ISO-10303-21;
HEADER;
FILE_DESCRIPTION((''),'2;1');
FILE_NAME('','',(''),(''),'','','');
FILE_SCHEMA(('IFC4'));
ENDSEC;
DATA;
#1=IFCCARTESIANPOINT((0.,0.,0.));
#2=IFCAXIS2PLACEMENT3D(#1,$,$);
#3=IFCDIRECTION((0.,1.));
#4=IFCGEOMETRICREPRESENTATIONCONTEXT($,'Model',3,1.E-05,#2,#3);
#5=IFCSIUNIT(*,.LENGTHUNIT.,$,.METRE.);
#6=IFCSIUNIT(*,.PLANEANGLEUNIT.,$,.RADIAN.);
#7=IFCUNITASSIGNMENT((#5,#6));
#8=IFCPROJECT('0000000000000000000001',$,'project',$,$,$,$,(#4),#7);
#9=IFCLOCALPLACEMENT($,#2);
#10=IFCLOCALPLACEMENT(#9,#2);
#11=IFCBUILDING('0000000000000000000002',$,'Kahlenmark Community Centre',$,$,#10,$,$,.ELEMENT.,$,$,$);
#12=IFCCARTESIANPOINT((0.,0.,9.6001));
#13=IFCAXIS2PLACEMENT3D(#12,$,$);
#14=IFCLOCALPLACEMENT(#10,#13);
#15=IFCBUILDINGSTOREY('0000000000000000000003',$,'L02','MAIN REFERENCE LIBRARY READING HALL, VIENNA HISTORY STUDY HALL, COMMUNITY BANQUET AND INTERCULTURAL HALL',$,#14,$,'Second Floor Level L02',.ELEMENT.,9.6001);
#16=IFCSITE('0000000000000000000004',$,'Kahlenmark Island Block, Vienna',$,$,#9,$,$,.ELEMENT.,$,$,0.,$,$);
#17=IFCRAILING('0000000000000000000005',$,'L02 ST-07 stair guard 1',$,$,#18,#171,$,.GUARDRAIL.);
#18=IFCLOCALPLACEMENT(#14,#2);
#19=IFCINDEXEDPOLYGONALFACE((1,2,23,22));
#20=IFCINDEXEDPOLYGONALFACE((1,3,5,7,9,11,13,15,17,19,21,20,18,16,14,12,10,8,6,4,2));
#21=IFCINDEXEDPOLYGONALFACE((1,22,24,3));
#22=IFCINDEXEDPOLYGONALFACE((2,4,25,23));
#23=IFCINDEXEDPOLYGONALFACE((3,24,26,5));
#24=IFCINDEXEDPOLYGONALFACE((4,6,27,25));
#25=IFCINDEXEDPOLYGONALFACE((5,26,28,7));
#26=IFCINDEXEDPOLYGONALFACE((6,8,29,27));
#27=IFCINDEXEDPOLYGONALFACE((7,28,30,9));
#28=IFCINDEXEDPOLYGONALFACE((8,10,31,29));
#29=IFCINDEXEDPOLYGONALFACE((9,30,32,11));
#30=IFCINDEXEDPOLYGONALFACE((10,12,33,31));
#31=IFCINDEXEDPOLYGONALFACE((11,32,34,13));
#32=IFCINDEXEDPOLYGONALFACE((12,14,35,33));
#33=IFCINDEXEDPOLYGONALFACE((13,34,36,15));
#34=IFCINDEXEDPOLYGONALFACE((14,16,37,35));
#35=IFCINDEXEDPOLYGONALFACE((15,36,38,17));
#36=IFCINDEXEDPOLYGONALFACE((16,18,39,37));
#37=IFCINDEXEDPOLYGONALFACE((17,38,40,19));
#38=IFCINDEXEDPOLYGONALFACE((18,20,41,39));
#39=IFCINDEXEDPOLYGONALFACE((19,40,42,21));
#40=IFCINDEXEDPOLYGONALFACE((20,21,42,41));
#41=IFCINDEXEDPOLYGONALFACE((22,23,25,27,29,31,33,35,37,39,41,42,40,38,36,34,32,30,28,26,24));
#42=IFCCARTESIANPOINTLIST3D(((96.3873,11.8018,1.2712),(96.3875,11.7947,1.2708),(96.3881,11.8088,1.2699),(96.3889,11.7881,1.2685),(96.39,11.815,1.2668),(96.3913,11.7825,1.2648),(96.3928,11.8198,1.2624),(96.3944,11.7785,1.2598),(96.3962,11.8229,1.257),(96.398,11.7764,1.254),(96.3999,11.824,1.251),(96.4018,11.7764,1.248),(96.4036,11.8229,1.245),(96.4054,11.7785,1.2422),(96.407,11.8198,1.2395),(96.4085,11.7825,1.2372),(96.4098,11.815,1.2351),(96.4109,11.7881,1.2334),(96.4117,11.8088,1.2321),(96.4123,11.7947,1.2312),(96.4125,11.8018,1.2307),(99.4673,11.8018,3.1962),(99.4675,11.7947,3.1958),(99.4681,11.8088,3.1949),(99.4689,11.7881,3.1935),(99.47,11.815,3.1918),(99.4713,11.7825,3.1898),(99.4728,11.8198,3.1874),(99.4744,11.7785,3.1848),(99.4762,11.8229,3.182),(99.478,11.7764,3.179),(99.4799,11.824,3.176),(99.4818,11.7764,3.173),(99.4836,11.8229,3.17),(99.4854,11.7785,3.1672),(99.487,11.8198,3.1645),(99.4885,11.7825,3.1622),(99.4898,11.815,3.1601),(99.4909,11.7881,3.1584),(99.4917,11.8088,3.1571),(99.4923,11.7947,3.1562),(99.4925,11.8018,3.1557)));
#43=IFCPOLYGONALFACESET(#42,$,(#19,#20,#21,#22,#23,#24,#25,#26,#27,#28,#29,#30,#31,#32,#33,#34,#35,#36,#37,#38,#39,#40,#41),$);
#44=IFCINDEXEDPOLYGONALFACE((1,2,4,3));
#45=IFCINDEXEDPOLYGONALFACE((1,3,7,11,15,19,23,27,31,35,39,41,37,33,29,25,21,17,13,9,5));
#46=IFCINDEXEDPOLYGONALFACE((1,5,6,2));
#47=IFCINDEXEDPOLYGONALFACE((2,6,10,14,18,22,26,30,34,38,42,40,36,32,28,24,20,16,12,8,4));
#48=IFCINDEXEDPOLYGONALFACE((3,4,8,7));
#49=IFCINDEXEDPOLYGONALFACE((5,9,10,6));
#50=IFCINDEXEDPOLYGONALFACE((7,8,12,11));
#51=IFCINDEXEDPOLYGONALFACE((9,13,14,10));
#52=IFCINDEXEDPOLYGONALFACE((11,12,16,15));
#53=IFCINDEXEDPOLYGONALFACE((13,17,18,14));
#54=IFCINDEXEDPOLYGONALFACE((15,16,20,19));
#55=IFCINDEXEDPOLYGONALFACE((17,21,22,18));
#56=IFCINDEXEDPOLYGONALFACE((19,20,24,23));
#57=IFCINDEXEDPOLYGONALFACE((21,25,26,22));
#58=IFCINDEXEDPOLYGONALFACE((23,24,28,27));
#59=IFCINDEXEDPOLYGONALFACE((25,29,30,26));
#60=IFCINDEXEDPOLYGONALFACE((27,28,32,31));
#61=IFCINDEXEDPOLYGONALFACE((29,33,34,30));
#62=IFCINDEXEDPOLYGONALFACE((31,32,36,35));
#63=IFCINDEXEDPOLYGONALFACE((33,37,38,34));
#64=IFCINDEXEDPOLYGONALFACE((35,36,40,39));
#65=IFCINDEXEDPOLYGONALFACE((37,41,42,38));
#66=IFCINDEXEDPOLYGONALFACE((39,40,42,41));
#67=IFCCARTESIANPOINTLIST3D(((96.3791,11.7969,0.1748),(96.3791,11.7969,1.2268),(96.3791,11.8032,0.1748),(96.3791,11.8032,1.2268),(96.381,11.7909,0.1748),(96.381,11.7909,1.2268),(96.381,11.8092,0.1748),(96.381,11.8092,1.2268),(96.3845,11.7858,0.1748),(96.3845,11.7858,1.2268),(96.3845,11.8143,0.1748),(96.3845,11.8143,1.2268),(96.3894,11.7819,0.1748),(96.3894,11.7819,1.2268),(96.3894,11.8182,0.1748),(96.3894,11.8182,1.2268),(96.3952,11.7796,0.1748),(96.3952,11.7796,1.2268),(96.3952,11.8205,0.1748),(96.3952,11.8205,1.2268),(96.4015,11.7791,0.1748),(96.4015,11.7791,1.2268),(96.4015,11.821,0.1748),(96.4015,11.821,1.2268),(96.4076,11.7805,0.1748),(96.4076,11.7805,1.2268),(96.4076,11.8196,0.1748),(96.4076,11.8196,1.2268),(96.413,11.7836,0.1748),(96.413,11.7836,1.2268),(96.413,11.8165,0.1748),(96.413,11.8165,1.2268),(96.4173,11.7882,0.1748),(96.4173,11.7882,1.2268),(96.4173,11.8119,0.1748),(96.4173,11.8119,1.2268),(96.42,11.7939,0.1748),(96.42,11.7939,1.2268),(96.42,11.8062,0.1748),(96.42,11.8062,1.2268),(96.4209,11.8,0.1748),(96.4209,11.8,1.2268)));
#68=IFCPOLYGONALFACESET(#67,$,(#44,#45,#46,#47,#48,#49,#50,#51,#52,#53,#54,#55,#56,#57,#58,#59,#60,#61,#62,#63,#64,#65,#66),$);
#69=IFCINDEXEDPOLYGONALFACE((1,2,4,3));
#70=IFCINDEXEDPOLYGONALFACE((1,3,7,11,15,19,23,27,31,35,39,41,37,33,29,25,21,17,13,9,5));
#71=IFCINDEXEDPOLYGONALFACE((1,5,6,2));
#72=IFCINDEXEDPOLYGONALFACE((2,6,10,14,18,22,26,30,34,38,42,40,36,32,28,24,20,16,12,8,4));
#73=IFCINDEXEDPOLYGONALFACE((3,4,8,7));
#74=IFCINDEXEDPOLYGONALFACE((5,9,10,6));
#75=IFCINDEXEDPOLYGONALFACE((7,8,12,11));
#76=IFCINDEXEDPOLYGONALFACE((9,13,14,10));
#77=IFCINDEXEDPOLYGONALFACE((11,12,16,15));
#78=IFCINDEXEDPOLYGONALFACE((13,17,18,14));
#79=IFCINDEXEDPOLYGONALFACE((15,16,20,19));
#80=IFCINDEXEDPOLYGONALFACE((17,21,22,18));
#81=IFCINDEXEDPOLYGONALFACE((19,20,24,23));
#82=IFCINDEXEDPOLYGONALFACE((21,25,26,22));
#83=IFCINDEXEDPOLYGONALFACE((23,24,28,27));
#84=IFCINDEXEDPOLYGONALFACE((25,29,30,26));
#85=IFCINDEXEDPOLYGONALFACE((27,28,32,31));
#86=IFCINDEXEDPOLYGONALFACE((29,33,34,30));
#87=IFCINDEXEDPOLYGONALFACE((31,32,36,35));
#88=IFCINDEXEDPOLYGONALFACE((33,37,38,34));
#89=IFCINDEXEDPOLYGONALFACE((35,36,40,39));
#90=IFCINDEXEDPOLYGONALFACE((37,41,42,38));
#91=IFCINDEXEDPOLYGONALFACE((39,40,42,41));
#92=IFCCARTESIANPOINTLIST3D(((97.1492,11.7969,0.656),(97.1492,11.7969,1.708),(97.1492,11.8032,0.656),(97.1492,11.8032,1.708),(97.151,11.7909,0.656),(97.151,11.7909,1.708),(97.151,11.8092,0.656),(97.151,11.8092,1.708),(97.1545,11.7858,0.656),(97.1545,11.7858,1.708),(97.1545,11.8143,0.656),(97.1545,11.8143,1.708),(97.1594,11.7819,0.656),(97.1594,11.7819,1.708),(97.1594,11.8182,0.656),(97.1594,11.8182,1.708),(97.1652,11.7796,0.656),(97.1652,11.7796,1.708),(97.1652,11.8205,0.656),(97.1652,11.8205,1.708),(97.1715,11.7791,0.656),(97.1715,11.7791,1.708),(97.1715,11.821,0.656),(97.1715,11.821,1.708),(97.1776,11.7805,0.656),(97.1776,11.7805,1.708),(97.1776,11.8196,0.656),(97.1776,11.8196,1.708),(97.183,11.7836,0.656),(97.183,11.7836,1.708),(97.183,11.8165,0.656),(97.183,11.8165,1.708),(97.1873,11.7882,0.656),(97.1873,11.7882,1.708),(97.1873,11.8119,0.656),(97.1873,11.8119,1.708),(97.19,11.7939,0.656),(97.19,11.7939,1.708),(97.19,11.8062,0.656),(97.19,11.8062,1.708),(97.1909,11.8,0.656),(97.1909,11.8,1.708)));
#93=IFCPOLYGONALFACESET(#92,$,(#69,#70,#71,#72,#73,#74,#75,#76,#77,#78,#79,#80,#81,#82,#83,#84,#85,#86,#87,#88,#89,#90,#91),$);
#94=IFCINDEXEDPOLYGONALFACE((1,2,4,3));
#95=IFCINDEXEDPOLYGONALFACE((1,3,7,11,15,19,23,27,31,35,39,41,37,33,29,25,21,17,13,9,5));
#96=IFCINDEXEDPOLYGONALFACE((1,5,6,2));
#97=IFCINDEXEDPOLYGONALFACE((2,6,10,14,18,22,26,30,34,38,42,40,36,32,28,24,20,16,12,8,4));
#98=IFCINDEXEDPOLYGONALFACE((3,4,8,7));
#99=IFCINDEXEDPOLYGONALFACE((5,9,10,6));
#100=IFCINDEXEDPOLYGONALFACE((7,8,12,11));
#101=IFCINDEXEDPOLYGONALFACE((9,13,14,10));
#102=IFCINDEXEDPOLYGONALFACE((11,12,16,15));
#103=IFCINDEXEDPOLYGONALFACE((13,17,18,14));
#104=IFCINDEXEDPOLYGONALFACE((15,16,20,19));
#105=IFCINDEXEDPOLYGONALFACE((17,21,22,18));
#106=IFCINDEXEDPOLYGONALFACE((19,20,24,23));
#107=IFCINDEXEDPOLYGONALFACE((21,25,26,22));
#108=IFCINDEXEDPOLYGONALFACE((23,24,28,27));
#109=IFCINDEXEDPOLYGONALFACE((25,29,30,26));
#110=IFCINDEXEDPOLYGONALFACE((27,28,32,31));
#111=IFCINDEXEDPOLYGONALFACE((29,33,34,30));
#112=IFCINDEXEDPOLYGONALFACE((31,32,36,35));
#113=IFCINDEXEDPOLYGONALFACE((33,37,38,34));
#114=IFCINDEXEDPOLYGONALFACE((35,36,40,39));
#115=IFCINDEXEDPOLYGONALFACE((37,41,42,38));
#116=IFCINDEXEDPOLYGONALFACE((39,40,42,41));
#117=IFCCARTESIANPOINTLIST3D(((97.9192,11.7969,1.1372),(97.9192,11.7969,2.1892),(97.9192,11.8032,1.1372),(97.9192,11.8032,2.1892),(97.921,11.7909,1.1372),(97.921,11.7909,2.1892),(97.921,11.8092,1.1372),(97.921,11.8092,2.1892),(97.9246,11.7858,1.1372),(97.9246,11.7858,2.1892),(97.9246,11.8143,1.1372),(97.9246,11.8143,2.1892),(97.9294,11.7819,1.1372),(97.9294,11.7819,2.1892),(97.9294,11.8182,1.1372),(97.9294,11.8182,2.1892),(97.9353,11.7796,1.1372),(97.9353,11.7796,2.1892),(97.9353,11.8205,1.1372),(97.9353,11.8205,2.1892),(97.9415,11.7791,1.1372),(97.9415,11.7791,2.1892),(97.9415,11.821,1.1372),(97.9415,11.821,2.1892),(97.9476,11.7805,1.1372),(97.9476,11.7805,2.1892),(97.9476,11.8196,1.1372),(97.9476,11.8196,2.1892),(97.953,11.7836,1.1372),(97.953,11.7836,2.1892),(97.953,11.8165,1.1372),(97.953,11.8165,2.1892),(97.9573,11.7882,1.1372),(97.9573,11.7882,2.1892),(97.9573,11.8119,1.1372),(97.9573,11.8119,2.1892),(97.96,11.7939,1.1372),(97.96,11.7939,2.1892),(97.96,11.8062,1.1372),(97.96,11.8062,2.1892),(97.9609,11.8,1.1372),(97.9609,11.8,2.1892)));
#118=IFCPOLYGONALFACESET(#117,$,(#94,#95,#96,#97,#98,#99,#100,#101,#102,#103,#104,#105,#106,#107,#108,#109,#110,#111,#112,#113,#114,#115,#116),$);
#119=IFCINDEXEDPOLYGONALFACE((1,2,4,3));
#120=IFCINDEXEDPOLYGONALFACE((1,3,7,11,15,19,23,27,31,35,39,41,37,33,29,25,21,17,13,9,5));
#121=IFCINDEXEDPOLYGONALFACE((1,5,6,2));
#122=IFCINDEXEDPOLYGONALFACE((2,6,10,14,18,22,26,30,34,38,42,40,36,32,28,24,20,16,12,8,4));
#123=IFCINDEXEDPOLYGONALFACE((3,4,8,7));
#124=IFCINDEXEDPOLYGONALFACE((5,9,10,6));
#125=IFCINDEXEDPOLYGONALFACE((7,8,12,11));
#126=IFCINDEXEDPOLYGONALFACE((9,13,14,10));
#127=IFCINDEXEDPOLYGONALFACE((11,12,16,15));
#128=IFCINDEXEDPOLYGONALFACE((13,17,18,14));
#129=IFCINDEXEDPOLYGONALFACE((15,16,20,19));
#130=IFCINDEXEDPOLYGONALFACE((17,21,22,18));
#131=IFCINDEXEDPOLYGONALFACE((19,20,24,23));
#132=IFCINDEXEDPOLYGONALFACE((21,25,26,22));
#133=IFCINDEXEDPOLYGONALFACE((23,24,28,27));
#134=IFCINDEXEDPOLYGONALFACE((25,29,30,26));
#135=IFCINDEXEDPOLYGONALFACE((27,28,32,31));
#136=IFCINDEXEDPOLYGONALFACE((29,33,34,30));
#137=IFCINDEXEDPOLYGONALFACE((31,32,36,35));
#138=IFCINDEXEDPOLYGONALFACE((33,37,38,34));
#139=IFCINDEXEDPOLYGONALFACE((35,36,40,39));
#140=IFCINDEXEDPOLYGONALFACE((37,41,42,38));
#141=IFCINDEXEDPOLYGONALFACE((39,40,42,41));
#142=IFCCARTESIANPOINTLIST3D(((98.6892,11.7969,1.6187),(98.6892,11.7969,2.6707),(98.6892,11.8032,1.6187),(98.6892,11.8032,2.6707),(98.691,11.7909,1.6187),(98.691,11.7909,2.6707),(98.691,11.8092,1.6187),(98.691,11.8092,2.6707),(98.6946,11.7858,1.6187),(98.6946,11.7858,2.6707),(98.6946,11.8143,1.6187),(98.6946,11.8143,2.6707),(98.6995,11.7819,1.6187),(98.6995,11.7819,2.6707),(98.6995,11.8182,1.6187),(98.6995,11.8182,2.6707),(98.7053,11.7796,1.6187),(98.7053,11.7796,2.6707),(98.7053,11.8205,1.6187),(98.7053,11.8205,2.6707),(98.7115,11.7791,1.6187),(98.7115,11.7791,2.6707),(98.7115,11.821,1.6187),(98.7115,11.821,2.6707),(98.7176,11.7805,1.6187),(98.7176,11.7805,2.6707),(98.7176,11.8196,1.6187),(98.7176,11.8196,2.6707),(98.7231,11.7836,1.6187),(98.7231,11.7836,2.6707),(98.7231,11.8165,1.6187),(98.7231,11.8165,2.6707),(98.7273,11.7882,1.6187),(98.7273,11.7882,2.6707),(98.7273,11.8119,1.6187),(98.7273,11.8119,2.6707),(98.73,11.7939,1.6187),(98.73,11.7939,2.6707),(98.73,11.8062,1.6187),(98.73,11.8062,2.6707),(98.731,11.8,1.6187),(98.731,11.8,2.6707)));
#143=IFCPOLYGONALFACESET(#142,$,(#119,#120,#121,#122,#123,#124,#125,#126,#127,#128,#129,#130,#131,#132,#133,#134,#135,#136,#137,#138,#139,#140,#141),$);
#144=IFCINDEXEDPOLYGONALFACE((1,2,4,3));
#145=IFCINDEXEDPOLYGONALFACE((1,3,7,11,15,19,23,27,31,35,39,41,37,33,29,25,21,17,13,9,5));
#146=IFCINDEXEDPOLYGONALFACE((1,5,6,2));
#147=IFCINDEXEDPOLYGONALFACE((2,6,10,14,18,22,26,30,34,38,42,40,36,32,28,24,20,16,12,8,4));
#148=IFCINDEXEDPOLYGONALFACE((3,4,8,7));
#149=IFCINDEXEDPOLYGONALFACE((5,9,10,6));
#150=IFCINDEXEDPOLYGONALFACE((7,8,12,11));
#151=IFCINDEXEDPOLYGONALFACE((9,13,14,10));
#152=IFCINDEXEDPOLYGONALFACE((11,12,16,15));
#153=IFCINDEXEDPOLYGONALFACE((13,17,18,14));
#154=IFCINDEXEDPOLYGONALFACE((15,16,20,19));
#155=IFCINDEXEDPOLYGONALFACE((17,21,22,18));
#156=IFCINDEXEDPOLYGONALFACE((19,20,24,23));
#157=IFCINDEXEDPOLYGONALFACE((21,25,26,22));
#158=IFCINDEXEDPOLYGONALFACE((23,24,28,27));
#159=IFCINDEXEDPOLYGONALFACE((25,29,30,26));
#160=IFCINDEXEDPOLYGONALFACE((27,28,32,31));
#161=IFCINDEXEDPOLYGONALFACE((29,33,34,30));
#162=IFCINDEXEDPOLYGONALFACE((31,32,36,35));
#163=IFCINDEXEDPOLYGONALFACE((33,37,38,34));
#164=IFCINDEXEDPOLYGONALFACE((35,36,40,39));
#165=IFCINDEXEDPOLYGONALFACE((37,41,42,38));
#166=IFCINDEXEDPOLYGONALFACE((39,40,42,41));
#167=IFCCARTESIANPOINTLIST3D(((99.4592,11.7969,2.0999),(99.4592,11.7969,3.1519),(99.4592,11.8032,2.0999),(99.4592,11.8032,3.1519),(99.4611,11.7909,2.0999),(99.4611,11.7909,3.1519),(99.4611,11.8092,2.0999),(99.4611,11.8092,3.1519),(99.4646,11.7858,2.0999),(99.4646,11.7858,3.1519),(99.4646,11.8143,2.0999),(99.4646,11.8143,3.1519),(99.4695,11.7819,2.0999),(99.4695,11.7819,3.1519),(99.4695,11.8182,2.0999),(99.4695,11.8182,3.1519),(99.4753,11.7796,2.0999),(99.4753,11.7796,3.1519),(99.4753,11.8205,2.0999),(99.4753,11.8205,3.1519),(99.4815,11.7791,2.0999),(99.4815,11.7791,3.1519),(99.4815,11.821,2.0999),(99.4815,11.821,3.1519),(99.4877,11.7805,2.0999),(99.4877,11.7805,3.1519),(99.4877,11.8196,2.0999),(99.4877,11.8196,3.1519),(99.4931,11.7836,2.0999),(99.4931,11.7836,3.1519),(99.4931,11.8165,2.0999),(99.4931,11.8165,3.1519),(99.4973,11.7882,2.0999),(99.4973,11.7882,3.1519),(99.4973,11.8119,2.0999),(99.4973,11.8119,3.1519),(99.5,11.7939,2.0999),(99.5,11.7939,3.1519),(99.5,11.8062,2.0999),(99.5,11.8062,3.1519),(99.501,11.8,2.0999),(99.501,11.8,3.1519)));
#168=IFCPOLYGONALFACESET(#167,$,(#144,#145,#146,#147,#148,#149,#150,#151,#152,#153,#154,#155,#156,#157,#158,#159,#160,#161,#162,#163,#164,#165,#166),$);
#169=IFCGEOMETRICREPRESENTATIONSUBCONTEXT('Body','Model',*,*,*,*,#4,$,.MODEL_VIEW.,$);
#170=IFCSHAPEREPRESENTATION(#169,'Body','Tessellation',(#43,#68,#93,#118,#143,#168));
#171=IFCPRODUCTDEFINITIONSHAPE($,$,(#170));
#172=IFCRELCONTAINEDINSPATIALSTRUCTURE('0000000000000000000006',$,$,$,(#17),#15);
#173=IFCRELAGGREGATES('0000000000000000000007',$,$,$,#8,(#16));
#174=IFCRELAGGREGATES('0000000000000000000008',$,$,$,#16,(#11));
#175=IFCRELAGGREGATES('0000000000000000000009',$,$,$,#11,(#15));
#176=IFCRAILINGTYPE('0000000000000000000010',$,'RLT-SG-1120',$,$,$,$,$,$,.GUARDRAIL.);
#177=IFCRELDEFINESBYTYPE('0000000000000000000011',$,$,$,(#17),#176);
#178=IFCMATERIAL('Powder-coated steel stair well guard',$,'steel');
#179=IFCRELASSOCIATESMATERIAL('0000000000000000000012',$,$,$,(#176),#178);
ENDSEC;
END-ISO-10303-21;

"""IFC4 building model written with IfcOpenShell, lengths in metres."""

from ifc_helpers import new_model, si_unit, direction, frame, origin, origin_2d, place, context, subcontext, project, spatial, circle, extrude, material, type_object, element, save


model = new_model("IFC4")

# Units and contexts
model_context = context("Model", 3, precision=1e-05, world=origin(), true_north=direction((0.0, 1.0)))
body_context = subcontext(model_context, "Body", "Model", "MODEL_VIEW")
ifc_project = project(units=[si_unit("LENGTHUNIT", "METRE"), si_unit("PLANEANGLEUNIT", "RADIAN")], contexts=[model_context])

# Site, building, storey
site_placement = place(None, origin())
site = spatial("IfcSite", under=ifc_project, at=site_placement, Name="Kahlenmark Island Block, Vienna", CompositionType="ELEMENT", RefElevation=0.0)
building_placement = place(site_placement, origin())
building = spatial("IfcBuilding", under=site, at=building_placement, Name="Kahlenmark Community Centre", CompositionType="ELEMENT")
storey_placement = place(building_placement, frame((0.0, 0.0, 9.6001)))
storey = spatial("IfcBuildingStorey", under=building, at=storey_placement, Name="L02", Description="MAIN REFERENCE LIBRARY READING HALL, VIENNA HISTORY STUDY HALL, COMMUNITY BANQUET AND INTERCULTURAL HALL", LongName="Second Floor Level L02", CompositionType="ELEMENT", Elevation=9.6001)

# Railing
ifc_material_1 = material(Name="Powder-coated steel stair well guard", Category="steel")
railing_type_1 = type_object("IfcRailingType", Name="RLT-SG-1120", PredefinedType="GUARDRAIL", material=ifc_material_1)
railing_1_placement = place(storey_placement, frame((96.3999, 11.8, 0.1748)))
element("IfcRailing", 1, at=railing_1_placement, inside=storey, type_object=railing_type_1, Name="L02 ST-07 stair guard 1", PredefinedType="GUARDRAIL", context=body_context, shape_type="SweptSolid", body=[
    extrude(circle(Radius=0.0239, at=origin_2d()), frame((0.0, 0.0, 1.0762), z_axis=(0.847998, 0.0, 0.529999), x_axis=(0.0, 1.0, 0.0)), (0.0, 0.0, 1.0), 3.6321),
    extrude(circle(Radius=0.021, at=origin_2d()), origin(), (0.0, 0.0, 1.0), 1.052),
    extrude(circle(Radius=0.021, at=origin_2d()), frame((0.77, 0.0, 0.4812)), (0.0, 0.0, 1.0), 1.052),
    extrude(circle(Radius=0.021, at=origin_2d()), frame((1.54, 0.0, 0.9624)), (0.0, 0.0, 1.0), 1.052),
    extrude(circle(Radius=0.021, at=origin_2d()), frame((2.3101, 0.0, 1.4438)), (0.0, 0.0, 1.0), 1.052),
    extrude(circle(Radius=0.021, at=origin_2d()), frame((3.0801, 0.0, 1.925)), (0.0, 0.0, 1.0), 1.052),
])

save(model, "model.ifc")
